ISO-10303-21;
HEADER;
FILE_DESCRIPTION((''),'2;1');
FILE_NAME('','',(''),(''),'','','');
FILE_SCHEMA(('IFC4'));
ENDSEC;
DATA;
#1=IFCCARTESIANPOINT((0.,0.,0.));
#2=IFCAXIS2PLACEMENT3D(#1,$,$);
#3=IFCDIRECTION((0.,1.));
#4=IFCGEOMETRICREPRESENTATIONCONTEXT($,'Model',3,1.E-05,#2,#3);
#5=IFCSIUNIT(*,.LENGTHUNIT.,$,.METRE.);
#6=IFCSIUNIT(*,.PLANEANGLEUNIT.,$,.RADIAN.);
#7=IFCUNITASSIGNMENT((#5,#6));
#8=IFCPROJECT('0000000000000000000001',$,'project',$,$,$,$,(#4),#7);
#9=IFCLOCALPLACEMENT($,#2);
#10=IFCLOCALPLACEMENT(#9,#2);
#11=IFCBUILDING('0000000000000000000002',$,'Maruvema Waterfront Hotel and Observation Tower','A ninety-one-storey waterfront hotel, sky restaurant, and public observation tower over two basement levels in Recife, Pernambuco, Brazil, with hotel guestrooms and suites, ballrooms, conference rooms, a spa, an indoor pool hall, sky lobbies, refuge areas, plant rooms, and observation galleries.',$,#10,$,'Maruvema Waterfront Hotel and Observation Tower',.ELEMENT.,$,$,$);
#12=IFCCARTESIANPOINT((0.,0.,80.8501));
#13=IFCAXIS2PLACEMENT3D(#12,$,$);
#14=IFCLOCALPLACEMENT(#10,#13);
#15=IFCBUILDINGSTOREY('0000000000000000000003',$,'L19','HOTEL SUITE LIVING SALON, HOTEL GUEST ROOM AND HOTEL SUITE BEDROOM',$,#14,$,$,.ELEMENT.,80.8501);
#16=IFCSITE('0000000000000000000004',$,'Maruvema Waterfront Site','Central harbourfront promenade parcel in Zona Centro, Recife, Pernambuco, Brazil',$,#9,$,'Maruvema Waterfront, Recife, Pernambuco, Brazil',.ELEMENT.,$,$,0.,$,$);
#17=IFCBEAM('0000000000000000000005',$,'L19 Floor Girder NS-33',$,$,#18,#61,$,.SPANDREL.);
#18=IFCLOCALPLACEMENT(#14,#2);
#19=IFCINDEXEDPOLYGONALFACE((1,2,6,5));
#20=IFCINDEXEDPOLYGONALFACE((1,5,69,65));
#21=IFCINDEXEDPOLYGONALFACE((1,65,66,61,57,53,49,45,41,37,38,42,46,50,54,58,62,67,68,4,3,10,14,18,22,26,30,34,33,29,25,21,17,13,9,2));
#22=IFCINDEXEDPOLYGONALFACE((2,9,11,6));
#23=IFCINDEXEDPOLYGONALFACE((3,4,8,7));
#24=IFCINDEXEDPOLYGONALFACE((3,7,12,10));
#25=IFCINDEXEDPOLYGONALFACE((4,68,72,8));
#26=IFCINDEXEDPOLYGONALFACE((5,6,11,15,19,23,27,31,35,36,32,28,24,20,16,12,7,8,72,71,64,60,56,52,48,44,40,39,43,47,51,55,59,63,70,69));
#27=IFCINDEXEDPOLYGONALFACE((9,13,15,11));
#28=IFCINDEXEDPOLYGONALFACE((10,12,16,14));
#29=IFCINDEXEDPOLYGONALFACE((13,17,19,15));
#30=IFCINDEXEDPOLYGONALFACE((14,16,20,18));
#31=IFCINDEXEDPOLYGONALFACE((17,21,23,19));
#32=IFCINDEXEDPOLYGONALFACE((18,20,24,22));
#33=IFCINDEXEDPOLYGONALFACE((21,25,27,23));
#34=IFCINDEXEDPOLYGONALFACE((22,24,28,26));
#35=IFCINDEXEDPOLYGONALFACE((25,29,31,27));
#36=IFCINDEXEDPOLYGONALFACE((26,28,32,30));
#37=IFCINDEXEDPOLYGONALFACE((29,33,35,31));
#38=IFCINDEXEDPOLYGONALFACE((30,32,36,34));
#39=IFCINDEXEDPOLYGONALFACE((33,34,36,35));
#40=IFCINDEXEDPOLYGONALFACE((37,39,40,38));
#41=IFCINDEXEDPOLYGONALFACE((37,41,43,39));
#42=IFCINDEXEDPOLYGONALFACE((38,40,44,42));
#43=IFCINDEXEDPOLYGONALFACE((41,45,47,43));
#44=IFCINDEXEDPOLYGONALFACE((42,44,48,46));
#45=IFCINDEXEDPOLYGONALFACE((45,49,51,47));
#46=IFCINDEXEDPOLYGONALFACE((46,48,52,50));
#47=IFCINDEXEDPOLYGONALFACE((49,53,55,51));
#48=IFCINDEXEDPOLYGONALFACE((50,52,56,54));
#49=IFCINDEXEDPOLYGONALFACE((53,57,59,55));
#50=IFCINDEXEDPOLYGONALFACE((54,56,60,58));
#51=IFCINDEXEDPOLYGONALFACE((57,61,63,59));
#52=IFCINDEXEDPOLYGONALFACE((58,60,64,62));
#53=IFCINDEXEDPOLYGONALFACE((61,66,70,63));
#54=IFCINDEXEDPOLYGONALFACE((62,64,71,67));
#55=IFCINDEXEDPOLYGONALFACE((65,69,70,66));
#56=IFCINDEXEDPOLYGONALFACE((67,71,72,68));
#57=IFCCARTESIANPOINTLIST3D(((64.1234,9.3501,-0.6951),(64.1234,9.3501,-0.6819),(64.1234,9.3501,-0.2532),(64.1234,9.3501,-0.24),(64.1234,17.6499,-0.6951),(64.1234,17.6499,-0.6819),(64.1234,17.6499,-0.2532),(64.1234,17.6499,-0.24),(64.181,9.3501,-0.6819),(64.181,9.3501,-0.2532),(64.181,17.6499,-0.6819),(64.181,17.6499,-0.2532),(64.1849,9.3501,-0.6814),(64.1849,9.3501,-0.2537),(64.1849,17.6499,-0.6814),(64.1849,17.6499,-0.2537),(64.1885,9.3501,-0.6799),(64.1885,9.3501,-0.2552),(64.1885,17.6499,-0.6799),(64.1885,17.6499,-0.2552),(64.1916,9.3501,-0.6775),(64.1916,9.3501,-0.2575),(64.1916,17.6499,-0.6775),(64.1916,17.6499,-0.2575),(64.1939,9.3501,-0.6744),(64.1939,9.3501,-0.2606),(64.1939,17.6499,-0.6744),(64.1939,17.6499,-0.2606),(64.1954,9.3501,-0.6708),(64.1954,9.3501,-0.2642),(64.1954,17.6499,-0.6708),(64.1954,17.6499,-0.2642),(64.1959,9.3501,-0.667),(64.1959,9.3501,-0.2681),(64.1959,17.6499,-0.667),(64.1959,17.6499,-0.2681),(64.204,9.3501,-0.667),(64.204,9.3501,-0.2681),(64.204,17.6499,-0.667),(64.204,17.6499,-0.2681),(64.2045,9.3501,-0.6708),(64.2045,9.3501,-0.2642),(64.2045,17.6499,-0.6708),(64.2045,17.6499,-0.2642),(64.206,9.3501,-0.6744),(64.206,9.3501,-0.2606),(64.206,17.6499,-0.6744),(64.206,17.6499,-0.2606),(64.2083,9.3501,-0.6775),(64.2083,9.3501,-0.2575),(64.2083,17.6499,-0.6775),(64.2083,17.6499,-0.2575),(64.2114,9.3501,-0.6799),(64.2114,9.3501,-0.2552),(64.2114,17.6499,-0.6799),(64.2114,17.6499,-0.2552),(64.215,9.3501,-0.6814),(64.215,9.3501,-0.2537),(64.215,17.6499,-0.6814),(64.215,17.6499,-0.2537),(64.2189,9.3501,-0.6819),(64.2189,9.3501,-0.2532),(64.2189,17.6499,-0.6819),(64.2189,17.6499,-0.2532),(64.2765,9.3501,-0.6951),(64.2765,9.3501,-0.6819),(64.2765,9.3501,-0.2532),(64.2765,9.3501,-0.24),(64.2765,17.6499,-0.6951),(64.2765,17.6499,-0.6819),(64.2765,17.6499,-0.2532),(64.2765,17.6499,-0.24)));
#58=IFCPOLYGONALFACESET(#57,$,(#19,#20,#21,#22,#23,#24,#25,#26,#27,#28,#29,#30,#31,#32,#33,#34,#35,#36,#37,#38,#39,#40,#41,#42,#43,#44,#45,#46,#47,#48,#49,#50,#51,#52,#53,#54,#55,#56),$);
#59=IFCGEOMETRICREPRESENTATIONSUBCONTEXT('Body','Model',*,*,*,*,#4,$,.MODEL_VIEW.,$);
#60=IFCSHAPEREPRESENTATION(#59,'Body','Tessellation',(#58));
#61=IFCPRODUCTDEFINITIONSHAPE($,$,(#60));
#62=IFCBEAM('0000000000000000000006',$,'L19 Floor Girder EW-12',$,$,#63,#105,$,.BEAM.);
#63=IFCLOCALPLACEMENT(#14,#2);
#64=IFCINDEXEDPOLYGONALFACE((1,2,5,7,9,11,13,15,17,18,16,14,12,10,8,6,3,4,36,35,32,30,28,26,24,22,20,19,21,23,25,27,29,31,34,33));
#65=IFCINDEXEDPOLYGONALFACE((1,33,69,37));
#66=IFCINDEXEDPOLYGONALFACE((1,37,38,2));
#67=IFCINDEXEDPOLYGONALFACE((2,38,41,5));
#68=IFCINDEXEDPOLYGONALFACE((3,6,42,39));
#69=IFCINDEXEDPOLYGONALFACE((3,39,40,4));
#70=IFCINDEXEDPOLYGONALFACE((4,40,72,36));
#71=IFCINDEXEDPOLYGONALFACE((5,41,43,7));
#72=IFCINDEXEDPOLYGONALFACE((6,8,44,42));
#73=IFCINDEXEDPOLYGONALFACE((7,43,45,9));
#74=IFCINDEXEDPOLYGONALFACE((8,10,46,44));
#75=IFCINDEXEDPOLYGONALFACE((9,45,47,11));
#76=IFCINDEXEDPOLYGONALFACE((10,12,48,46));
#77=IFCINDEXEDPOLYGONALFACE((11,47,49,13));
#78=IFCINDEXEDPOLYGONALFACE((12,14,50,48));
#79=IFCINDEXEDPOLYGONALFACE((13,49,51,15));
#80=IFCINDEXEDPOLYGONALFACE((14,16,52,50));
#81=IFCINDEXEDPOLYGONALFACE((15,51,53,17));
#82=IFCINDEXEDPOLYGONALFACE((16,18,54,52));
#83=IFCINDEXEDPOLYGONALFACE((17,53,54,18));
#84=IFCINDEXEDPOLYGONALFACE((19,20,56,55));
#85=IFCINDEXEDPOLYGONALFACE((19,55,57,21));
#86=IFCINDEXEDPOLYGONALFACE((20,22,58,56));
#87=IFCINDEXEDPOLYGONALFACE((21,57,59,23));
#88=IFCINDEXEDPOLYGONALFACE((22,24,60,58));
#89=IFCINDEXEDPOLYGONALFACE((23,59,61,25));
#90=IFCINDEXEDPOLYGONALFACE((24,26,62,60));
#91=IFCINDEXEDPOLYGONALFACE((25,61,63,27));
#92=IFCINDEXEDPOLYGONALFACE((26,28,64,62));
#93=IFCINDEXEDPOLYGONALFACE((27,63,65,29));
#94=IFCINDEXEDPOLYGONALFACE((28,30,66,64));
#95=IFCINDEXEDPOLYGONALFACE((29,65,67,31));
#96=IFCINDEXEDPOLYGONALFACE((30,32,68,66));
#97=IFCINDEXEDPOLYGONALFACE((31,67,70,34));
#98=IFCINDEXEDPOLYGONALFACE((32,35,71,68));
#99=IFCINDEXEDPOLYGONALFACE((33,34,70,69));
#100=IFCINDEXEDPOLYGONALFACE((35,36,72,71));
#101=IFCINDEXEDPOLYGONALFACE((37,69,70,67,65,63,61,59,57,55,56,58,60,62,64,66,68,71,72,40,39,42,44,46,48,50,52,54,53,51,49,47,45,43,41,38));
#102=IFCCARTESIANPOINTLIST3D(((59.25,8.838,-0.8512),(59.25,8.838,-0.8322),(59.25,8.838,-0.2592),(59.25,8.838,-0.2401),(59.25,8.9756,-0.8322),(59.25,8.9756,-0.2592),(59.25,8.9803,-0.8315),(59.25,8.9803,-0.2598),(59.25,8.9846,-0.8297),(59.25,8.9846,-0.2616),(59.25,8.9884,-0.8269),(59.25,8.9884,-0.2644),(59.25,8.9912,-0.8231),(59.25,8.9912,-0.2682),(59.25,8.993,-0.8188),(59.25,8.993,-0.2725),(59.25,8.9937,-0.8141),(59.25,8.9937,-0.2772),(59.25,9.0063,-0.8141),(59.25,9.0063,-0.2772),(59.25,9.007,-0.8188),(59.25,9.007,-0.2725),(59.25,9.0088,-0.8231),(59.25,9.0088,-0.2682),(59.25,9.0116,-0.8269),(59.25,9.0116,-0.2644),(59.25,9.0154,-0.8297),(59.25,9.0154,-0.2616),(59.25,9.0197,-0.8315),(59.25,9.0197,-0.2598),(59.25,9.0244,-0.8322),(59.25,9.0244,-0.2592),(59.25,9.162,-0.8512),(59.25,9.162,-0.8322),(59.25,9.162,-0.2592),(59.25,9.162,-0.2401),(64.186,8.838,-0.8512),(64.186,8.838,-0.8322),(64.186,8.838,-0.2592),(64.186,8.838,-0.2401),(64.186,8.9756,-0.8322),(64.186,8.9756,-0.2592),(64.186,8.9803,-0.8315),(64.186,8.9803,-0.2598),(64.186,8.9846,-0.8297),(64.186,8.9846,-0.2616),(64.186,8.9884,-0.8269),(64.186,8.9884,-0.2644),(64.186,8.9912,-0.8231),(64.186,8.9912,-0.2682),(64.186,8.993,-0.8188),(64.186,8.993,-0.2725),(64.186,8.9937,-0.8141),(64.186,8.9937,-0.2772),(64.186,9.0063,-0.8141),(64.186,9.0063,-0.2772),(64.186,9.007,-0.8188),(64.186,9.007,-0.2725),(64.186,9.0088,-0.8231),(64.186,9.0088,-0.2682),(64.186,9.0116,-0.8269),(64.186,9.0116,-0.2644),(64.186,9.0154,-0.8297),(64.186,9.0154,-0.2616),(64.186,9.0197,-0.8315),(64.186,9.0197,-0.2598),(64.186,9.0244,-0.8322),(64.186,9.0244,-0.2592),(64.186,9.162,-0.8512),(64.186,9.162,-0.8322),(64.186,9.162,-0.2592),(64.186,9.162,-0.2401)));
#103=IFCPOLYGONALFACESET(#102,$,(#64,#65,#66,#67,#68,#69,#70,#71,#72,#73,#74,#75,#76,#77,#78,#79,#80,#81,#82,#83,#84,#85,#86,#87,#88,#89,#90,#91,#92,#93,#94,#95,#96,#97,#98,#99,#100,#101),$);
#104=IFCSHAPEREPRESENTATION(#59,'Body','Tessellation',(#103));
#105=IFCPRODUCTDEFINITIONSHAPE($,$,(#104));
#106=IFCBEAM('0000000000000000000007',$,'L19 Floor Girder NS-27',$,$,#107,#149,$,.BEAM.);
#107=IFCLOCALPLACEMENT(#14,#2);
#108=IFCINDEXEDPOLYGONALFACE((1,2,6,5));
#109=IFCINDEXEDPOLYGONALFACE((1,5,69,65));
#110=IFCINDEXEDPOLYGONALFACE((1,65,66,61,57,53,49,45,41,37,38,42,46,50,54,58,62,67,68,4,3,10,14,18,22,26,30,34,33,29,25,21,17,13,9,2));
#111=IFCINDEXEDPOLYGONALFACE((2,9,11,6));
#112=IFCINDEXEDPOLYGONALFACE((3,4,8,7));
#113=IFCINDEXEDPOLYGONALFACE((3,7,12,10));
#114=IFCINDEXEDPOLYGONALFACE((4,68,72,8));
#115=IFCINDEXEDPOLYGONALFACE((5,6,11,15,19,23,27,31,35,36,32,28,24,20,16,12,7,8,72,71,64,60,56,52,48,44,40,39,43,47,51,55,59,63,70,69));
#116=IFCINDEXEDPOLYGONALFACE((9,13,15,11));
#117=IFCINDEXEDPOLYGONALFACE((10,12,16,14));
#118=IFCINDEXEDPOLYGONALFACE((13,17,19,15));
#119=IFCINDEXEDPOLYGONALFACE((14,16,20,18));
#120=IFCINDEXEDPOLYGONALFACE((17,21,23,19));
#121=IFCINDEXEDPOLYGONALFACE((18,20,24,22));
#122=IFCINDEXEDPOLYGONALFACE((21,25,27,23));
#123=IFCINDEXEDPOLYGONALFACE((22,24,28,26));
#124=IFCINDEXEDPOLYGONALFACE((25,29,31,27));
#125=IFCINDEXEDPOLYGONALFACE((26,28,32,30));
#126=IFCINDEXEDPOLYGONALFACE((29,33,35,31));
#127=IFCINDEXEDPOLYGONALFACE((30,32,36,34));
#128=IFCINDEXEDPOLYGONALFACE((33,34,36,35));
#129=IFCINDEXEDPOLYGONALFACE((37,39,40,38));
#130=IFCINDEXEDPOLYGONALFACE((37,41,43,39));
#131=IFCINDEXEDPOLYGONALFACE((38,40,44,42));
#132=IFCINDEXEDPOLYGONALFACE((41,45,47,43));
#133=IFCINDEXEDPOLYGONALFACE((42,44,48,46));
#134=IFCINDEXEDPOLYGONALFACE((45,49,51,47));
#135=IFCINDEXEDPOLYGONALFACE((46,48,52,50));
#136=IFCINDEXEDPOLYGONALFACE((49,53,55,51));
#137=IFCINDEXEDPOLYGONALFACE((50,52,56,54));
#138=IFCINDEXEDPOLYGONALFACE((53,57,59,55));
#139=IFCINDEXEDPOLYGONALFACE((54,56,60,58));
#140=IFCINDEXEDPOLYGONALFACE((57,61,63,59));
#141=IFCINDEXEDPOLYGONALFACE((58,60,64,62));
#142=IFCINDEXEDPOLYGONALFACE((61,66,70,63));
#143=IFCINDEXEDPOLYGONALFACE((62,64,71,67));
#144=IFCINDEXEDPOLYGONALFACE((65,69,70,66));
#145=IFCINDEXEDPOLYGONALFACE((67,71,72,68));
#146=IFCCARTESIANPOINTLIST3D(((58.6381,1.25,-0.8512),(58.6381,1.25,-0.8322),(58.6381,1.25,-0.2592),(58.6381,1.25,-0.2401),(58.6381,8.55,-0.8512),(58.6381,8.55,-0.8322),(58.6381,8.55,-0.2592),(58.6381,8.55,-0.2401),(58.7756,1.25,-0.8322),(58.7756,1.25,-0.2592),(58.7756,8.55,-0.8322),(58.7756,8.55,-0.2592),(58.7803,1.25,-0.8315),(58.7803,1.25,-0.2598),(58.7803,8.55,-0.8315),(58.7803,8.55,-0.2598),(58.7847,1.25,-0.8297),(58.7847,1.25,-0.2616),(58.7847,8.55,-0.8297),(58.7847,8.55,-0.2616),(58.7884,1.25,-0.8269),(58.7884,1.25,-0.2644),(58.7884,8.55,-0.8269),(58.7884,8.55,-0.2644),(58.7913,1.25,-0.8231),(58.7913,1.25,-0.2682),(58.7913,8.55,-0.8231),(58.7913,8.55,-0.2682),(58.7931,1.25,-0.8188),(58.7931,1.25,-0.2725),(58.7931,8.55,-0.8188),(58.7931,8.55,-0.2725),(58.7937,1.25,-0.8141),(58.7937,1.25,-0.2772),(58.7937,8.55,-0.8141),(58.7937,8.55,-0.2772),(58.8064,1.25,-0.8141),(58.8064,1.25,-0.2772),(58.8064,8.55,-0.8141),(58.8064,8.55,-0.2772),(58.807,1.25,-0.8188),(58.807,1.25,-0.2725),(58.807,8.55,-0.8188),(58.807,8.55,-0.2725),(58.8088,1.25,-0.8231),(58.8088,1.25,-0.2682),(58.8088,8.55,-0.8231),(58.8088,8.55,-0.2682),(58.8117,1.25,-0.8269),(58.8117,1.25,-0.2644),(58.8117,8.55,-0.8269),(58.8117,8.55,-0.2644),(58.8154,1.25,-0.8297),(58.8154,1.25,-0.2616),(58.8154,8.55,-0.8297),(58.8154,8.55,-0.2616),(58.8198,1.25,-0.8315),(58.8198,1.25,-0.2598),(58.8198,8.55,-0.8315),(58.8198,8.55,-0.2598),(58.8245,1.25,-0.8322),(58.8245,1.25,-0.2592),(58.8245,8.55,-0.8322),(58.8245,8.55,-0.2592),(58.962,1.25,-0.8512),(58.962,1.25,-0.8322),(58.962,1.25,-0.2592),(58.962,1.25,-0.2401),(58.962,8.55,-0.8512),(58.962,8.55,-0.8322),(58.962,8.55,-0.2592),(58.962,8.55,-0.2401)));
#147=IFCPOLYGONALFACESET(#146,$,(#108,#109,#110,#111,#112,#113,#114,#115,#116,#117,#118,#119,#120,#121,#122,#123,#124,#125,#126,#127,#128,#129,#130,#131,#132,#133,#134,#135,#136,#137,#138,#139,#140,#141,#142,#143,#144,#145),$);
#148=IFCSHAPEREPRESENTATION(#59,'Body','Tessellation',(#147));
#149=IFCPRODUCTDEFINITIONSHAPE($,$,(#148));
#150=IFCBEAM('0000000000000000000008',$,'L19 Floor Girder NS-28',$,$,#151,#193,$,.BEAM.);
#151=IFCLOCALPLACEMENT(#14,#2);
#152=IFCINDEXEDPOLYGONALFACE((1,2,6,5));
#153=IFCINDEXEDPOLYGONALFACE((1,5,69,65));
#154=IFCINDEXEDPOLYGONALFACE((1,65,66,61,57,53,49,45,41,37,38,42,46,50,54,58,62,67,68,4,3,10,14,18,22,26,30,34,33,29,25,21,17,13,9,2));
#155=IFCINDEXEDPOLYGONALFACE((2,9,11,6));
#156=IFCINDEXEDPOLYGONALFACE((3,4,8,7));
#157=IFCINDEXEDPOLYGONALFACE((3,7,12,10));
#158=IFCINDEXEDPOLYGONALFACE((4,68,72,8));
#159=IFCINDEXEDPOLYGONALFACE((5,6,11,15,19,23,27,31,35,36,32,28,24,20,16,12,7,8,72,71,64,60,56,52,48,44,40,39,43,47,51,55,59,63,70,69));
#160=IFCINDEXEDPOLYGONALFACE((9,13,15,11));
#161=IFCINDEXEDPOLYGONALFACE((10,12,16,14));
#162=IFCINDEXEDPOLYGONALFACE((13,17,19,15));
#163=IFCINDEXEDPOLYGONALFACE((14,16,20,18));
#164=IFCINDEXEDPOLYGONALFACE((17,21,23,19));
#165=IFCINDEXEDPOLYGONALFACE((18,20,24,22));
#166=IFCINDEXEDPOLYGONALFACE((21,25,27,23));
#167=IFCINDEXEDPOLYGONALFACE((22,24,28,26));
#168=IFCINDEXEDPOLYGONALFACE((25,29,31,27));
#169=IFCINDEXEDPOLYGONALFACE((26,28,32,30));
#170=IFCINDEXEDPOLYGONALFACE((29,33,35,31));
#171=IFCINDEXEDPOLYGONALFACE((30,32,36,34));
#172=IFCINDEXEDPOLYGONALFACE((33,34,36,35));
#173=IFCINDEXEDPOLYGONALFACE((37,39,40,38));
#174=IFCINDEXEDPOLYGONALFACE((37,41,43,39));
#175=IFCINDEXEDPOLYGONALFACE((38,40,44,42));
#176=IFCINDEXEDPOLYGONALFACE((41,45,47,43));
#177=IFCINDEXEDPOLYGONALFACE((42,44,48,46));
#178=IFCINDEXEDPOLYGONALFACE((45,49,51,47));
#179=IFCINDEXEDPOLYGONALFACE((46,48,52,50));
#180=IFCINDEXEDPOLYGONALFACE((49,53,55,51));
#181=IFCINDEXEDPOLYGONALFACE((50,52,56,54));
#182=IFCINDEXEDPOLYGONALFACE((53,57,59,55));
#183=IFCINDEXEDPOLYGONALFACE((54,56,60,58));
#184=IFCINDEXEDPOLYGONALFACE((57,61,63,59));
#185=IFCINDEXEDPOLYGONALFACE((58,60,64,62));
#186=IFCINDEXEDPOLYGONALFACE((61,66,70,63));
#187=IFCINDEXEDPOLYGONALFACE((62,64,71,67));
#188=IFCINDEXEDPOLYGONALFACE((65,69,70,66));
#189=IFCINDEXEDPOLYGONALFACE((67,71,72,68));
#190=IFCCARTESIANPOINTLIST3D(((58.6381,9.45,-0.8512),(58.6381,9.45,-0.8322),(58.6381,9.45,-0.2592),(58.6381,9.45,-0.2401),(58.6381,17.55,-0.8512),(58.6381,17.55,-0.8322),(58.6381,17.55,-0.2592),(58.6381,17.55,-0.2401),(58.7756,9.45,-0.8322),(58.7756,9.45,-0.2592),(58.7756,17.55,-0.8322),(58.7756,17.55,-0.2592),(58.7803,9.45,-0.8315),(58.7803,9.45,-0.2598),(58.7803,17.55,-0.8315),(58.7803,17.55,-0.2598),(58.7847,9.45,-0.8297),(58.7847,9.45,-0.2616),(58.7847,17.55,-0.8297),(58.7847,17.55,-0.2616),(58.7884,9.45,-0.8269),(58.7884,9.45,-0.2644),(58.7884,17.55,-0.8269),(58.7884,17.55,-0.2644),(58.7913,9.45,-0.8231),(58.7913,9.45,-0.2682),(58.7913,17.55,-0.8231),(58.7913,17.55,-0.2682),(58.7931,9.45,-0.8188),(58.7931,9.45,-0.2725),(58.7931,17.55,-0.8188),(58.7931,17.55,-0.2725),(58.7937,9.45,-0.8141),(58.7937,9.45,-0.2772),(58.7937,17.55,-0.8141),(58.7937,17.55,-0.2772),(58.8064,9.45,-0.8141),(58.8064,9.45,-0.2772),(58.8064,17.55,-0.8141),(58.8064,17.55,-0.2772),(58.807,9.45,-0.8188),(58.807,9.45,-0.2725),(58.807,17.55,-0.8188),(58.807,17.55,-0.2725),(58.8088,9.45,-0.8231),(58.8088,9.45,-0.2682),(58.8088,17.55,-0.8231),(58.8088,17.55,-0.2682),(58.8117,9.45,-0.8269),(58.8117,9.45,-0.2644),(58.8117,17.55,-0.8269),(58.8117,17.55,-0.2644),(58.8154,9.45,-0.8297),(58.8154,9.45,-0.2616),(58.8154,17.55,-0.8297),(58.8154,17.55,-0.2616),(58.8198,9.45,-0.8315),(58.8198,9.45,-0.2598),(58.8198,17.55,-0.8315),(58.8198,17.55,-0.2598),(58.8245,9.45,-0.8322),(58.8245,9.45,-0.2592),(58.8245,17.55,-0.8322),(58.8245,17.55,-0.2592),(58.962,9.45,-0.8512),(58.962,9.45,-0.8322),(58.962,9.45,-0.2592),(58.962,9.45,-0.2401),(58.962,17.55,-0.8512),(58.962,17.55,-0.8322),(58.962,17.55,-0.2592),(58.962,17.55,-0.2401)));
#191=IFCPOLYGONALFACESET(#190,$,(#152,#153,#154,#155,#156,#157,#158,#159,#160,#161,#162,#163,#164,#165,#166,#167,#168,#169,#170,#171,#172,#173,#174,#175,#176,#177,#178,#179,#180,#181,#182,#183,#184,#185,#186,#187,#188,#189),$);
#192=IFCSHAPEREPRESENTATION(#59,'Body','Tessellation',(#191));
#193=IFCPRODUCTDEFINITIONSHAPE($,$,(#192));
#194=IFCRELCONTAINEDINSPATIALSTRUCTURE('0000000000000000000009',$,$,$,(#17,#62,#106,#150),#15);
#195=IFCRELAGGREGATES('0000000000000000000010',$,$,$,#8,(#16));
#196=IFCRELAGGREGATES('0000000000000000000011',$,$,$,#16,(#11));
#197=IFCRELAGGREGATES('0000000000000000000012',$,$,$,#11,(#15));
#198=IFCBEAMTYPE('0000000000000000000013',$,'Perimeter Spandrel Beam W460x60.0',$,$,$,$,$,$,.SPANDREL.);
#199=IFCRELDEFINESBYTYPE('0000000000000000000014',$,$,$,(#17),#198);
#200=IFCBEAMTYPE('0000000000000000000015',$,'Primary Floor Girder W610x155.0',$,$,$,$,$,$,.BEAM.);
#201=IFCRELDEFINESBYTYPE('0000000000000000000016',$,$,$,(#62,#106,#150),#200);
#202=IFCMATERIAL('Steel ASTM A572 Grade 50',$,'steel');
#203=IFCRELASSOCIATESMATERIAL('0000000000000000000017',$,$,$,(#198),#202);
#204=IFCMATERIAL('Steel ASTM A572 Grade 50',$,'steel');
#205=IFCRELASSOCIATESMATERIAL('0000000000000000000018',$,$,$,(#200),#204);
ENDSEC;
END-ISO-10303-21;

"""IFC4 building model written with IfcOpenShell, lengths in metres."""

from ifc_helpers import new_model, si_unit, direction, frame, origin, origin_2d, place, context, subcontext, project, spatial, i_section, extrude, material, material_profile, profile_set, type_object, element, save


model = new_model("IFC4")

# Units and contexts
model_context = context("Model", 3, precision=1e-05, world=origin(), true_north=direction((0.0, 1.0)))
body_context = subcontext(model_context, "Body", "Model", "MODEL_VIEW")
ifc_project = project(units=[si_unit("LENGTHUNIT", "METRE"), si_unit("PLANEANGLEUNIT", "RADIAN")], contexts=[model_context])

# Site, building, storey
site_placement = place(None, origin())
site = spatial("IfcSite", under=ifc_project, at=site_placement, Name="Maruvema Waterfront Site", Description="Central harbourfront promenade parcel in Zona Centro, Recife, Pernambuco, Brazil", LongName="Maruvema Waterfront, Recife, Pernambuco, Brazil", CompositionType="ELEMENT", RefElevation=0.0)
building_placement = place(site_placement, origin())
building = spatial("IfcBuilding", under=site, at=building_placement, Name="Maruvema Waterfront Hotel and Observation Tower", Description="A ninety-one-storey waterfront hotel, sky restaurant, and public observation tower over two basement levels in Recife, Pernambuco, Brazil, with hotel guestrooms and suites, ballrooms, conference rooms, a spa, an indoor pool hall, sky lobbies, refuge areas, plant rooms, and observation galleries.", LongName="Maruvema Waterfront Hotel and Observation Tower", CompositionType="ELEMENT")
storey_placement = place(building_placement, frame((0.0, 0.0, 80.8501)))
storey = spatial("IfcBuildingStorey", under=building, at=storey_placement, Name="L19", Description="HOTEL SUITE LIVING SALON, HOTEL GUEST ROOM AND HOTEL SUITE BEDROOM", CompositionType="ELEMENT", Elevation=80.8501)

# Beams
ifc_material_1 = material(Name="Steel ASTM A572 Grade 50", Category="steel")
ifc_material_profile_1 = material_profile(ifc_material_1, i_section(OverallWidth=0.1531, OverallDepth=0.4551, WebThickness=0.0081, FlangeThickness=0.0132, FilletRadius=0.0149, at=origin_2d()), Name="W460x60.0")
ifc_profile_set_1 = profile_set([ifc_material_profile_1], Name="Steel ASTM A572 Grade 50")
beam_type_1 = type_object("IfcBeamType", Name="Perimeter Spandrel Beam W460x60.0", PredefinedType="SPANDREL", material=ifc_profile_set_1)
beam_1_placement = place(storey_placement, frame((64.2, 9.3501, -0.4675), z_axis=(0.0, 1.0, 0.0), x_axis=(-1.0, 0.0, 0.0)))
element("IfcBeam", 1, at=beam_1_placement, inside=storey, type_object=beam_type_1, Name="L19 Floor Girder NS-33", PredefinedType="SPANDREL", context=body_context, shape_type="SweptSolid", body=[
    extrude(i_section(OverallWidth=0.1531, OverallDepth=0.4551, WebThickness=0.0081, FlangeThickness=0.0132, FilletRadius=0.0149, at=origin_2d()), origin(), (0.0, 0.0, 1.0), 8.2998),
])
ifc_material_2 = material(Name="Steel ASTM A572 Grade 50", Category="steel")
ifc_material_profile_2 = material_profile(ifc_material_2, i_section(OverallWidth=0.324, OverallDepth=0.6111, WebThickness=0.0127, FlangeThickness=0.019, FilletRadius=0.0181, at=origin_2d()), Name="W610x155.0")
ifc_profile_set_2 = profile_set([ifc_material_profile_2], Name="Steel ASTM A572 Grade 50")
beam_type_2 = type_object("IfcBeamType", Name="Primary Floor Girder W610x155.0", PredefinedType="BEAM", material=ifc_profile_set_2)
beam_2_placement = place(storey_placement, frame((59.25, 9.0, -0.5457), z_axis=(1.0, 0.0, 0.0), x_axis=(0.0, 1.0, 0.0)))
element("IfcBeam", 2, at=beam_2_placement, inside=storey, type_object=beam_type_2, Name="L19 Floor Girder EW-12", PredefinedType="BEAM", context=body_context, shape_type="SweptSolid", body=[
    extrude(i_section(OverallWidth=0.324, OverallDepth=0.6111, WebThickness=0.0127, FlangeThickness=0.019, FilletRadius=0.0181, at=origin_2d()), origin(), (0.0, 0.0, 1.0), 4.936),
])
beam_3_placement = place(storey_placement, frame((58.8, 1.25, -0.5457), z_axis=(0.0, 1.0, 0.0), x_axis=(-1.0, 0.0, 0.0)))
element("IfcBeam", 3, at=beam_3_placement, inside=storey, type_object=beam_type_2, Name="L19 Floor Girder NS-27", PredefinedType="BEAM", context=body_context, shape_type="SweptSolid", body=[
    extrude(i_section(OverallWidth=0.324, OverallDepth=0.6111, WebThickness=0.0127, FlangeThickness=0.019, FilletRadius=0.0181, at=origin_2d()), origin(), (0.0, 0.0, 1.0), 7.3),
])
beam_4_placement = place(storey_placement, frame((58.8, 9.45, -0.5457), z_axis=(0.0, 1.0, 0.0), x_axis=(-1.0, 0.0, 0.0)))
element("IfcBeam", 4, at=beam_4_placement, inside=storey, type_object=beam_type_2, Name="L19 Floor Girder NS-28", PredefinedType="BEAM", context=body_context, shape_type="SweptSolid", body=[
    extrude(i_section(OverallWidth=0.324, OverallDepth=0.6111, WebThickness=0.0127, FlangeThickness=0.019, FilletRadius=0.0181, at=origin_2d()), origin(), (0.0, 0.0, 1.0), 8.1001),
])

save(model, "model.ifc")
